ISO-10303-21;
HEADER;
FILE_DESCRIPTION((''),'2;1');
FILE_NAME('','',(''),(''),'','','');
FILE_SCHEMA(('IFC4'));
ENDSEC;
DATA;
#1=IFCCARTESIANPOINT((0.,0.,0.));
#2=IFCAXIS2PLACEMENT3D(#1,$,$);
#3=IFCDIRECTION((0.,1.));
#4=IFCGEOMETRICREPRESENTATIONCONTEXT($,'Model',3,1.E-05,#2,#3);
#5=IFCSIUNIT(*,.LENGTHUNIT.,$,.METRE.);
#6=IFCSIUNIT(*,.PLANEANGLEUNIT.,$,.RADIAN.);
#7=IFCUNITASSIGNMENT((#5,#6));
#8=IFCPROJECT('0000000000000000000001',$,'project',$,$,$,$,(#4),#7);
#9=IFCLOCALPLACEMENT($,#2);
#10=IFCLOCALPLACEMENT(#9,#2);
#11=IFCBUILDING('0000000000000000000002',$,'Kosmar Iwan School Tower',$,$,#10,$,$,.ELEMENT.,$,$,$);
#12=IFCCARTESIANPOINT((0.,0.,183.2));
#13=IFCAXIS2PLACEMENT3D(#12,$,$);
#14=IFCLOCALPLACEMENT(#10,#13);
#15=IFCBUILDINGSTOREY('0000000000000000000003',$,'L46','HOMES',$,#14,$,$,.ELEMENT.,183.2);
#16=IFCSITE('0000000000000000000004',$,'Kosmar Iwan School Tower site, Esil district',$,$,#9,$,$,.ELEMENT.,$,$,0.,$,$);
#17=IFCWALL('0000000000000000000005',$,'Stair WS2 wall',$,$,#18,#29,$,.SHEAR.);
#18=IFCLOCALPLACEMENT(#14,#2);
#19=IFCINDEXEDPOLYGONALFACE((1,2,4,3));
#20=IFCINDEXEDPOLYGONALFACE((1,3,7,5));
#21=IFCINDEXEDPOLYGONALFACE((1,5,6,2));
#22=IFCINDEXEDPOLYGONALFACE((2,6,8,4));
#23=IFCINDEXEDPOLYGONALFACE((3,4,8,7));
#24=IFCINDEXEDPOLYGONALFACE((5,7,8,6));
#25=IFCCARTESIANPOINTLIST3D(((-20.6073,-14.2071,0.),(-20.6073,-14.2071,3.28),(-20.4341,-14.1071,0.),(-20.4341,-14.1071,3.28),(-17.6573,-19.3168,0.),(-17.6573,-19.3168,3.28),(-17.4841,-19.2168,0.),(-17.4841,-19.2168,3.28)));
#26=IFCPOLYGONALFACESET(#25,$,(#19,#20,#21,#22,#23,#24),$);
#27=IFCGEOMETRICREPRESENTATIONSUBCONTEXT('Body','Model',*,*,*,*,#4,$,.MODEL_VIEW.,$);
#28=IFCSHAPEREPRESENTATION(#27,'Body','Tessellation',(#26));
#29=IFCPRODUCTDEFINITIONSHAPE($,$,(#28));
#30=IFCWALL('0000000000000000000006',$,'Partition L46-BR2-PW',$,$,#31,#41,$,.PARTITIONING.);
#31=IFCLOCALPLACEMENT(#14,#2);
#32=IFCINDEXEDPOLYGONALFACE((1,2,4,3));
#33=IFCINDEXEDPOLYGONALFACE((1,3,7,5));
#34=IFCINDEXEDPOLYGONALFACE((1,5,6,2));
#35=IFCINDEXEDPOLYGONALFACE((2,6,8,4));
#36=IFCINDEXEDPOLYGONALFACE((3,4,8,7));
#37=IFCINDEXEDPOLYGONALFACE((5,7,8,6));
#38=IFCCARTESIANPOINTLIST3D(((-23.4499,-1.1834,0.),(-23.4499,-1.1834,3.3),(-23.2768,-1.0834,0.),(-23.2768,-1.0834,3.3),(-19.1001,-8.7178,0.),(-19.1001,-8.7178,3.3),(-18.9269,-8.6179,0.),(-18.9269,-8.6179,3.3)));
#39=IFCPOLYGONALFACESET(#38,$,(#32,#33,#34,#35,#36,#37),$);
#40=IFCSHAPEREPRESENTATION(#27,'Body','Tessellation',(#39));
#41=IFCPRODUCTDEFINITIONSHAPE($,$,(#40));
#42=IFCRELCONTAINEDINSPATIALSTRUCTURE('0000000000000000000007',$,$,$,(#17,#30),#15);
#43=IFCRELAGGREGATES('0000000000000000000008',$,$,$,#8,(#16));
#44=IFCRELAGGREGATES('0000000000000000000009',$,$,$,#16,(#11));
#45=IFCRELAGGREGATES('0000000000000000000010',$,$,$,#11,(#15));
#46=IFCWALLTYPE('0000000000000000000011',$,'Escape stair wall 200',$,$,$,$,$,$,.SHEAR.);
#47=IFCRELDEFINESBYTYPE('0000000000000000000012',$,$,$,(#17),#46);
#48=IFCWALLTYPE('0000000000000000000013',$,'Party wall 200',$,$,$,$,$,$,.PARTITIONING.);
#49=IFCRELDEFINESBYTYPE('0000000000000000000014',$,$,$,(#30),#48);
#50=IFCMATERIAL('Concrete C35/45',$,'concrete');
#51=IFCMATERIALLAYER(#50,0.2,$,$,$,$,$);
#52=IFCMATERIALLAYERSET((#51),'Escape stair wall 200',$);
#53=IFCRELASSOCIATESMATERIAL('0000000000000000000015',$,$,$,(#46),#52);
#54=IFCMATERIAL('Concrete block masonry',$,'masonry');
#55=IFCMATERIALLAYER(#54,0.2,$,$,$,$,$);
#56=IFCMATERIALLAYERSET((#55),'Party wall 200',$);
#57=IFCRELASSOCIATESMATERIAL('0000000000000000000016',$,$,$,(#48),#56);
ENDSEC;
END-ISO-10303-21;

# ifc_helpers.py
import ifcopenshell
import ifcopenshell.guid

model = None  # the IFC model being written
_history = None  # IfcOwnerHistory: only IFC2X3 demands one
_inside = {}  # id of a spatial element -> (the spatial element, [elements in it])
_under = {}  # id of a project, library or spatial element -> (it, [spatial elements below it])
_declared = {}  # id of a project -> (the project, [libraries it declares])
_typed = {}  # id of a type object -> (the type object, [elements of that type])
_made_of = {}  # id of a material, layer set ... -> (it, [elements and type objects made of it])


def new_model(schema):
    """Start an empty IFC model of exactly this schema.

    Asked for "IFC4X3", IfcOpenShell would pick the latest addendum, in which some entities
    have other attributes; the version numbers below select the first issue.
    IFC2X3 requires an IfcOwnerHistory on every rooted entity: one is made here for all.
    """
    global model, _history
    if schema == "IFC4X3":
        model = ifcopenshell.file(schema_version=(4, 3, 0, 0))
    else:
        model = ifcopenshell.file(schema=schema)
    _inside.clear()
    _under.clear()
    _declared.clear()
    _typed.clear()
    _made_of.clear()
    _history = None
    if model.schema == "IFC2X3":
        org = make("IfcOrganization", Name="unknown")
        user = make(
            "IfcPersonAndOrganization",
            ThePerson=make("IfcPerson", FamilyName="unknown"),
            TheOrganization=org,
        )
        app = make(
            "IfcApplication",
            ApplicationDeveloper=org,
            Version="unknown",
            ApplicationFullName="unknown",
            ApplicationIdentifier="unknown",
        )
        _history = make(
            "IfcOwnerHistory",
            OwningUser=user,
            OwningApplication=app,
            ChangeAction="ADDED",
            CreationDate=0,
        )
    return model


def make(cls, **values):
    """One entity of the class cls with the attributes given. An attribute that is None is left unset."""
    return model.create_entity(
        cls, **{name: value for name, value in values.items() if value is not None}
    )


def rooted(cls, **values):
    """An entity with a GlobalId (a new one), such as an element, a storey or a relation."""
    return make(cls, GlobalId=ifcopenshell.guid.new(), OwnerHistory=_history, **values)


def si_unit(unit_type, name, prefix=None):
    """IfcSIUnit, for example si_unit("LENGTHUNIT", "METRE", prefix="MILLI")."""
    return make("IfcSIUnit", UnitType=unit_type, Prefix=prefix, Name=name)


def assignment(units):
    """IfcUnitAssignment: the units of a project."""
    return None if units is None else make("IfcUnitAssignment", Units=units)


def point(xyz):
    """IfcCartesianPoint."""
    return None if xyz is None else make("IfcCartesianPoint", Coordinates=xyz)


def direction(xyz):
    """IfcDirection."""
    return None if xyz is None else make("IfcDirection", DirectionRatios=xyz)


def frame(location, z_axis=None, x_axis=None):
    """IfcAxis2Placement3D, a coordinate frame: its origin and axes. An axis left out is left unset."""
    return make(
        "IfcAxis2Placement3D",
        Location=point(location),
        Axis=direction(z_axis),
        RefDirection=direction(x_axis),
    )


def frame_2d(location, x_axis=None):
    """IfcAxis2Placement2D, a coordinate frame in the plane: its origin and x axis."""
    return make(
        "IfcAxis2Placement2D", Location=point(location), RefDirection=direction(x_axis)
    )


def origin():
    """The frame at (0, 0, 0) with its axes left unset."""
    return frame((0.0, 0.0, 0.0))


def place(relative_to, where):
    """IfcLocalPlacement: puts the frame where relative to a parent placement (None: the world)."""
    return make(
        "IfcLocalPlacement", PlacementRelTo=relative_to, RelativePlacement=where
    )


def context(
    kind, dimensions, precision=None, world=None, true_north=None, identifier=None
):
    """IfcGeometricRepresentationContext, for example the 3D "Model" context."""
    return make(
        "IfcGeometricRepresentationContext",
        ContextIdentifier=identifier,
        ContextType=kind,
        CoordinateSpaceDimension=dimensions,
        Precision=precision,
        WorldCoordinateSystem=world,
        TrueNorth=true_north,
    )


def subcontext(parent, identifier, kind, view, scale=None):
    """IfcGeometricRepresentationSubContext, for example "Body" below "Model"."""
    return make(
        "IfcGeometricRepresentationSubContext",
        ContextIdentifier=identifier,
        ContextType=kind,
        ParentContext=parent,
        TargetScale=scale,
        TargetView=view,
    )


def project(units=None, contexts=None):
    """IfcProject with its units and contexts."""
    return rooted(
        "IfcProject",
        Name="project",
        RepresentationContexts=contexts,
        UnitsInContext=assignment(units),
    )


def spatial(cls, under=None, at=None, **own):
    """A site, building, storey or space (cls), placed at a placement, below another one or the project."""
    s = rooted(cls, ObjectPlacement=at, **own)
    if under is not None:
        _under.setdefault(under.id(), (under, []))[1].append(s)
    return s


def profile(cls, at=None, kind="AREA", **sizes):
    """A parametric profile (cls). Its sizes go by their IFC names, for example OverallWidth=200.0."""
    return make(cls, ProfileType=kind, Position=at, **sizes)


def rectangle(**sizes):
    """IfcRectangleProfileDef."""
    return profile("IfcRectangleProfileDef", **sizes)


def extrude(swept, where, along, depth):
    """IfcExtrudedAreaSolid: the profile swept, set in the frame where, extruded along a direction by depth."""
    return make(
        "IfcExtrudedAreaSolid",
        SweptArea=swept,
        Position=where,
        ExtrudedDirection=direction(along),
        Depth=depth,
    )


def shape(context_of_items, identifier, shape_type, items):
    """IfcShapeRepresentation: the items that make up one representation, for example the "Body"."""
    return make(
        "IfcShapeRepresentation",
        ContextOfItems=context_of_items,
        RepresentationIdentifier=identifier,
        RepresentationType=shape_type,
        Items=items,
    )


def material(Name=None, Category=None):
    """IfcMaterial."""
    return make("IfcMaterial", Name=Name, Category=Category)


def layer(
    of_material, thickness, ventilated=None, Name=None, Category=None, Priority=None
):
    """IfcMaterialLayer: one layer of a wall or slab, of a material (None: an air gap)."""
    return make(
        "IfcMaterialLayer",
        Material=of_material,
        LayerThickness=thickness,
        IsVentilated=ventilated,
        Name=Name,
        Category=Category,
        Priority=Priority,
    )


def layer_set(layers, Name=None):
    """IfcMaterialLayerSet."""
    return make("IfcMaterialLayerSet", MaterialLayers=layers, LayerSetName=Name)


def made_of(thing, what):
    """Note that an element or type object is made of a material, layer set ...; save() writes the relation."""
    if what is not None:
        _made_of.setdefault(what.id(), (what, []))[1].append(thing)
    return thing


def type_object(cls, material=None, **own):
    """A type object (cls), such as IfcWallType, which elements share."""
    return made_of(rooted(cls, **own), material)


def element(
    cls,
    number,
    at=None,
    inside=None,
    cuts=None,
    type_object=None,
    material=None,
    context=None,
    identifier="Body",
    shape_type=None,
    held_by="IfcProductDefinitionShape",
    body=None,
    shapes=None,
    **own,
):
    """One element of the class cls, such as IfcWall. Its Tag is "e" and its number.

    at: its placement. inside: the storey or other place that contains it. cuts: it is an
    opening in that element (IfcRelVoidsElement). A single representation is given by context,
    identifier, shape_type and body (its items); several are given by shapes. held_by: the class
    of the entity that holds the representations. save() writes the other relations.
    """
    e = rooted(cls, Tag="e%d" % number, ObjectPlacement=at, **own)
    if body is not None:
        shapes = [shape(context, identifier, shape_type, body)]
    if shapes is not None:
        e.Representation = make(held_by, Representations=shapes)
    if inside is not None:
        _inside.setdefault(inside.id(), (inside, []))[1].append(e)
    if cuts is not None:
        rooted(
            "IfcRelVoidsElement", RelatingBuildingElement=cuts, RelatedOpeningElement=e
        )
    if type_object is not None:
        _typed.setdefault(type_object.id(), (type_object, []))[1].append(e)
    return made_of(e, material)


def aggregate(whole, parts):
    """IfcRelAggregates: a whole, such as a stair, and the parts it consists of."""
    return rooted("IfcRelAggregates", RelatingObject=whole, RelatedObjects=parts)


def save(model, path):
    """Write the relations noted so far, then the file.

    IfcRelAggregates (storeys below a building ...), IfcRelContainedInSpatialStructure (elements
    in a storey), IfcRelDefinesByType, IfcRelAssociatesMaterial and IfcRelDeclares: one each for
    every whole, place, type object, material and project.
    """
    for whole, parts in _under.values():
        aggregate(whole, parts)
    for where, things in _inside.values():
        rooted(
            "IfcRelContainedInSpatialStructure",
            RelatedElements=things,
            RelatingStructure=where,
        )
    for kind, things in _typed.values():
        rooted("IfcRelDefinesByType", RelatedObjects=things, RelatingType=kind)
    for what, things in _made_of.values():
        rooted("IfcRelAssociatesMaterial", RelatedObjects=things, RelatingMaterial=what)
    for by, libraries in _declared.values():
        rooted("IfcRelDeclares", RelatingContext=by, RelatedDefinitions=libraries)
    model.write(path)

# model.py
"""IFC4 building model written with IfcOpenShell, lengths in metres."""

from ifc_helpers import new_model, si_unit, direction, frame, frame_2d, origin, place, context, subcontext, project, spatial, rectangle, extrude, material, layer, layer_set, type_object, element, save


model = new_model("IFC4")

# Units and contexts
model_context = context("Model", 3, precision=1e-05, world=origin(), true_north=direction((0.0, 1.0)))
body_context = subcontext(model_context, "Body", "Model", "MODEL_VIEW")
ifc_project = project(units=[si_unit("LENGTHUNIT", "METRE"), si_unit("PLANEANGLEUNIT", "RADIAN")], contexts=[model_context])

# Site, building, storey
site_placement = place(None, origin())
site = spatial("IfcSite", under=ifc_project, at=site_placement, Name="Kosmar Iwan School Tower site, Esil district", CompositionType="ELEMENT", RefElevation=0.0)
building_placement = place(site_placement, origin())
building = spatial("IfcBuilding", under=site, at=building_placement, Name="Kosmar Iwan School Tower", CompositionType="ELEMENT")
storey_placement = place(building_placement, frame((0.0, 0.0, 183.2)))
storey = spatial("IfcBuildingStorey", under=building, at=storey_placement, Name="L46", Description="HOMES", CompositionType="ELEMENT", Elevation=183.2)

# Walls
ifc_material_1 = material(Name="Concrete C35/45", Category="concrete")
ifc_layer_1 = layer(ifc_material_1, 0.2)
ifc_layer_set_1 = layer_set([ifc_layer_1], Name="Escape stair wall 200")
wall_type_1 = type_object("IfcWallType", Name="Escape stair wall 200", PredefinedType="SHEAR", material=ifc_layer_set_1)
wall_1_placement = place(storey_placement, frame((-20.5208, -14.157, 0.0), z_axis=(0.0, 0.0, 1.0), x_axis=(0.499989, -0.866032, 0.0)))
element("IfcWall", 1, at=wall_1_placement, inside=storey, type_object=wall_type_1, Name="Stair WS2 wall", PredefinedType="SHEAR", context=body_context, shape_type="SweptSolid", body=[
    extrude(rectangle(XDim=5.9001, YDim=0.2, at=frame_2d((2.9502, 0.0))), origin(), (0.0, 0.0, 1.0), 3.28),
])
ifc_material_2 = material(Name="Concrete block masonry", Category="masonry")
ifc_layer_2 = layer(ifc_material_2, 0.2)
ifc_layer_set_2 = layer_set([ifc_layer_2], Name="Party wall 200")
wall_type_2 = type_object("IfcWallType", Name="Party wall 200", PredefinedType="PARTITIONING", material=ifc_layer_set_2)
wall_2_placement = place(storey_placement, frame((-19.0134, -8.668, 0.0), z_axis=(0.0, 0.0, 1.0), x_axis=(-0.499987, 0.866033, 0.0)))
element("IfcWall", 2, at=wall_2_placement, inside=storey, type_object=wall_type_2, Name="Partition L46-BR2-PW", PredefinedType="PARTITIONING", context=body_context, shape_type="SweptSolid", body=[
    extrude(rectangle(XDim=8.7, YDim=0.2, at=frame_2d((4.3501, 0.0))), origin(), (0.0, 0.0, 1.0), 3.3),
])

save(model, "model.ifc")
